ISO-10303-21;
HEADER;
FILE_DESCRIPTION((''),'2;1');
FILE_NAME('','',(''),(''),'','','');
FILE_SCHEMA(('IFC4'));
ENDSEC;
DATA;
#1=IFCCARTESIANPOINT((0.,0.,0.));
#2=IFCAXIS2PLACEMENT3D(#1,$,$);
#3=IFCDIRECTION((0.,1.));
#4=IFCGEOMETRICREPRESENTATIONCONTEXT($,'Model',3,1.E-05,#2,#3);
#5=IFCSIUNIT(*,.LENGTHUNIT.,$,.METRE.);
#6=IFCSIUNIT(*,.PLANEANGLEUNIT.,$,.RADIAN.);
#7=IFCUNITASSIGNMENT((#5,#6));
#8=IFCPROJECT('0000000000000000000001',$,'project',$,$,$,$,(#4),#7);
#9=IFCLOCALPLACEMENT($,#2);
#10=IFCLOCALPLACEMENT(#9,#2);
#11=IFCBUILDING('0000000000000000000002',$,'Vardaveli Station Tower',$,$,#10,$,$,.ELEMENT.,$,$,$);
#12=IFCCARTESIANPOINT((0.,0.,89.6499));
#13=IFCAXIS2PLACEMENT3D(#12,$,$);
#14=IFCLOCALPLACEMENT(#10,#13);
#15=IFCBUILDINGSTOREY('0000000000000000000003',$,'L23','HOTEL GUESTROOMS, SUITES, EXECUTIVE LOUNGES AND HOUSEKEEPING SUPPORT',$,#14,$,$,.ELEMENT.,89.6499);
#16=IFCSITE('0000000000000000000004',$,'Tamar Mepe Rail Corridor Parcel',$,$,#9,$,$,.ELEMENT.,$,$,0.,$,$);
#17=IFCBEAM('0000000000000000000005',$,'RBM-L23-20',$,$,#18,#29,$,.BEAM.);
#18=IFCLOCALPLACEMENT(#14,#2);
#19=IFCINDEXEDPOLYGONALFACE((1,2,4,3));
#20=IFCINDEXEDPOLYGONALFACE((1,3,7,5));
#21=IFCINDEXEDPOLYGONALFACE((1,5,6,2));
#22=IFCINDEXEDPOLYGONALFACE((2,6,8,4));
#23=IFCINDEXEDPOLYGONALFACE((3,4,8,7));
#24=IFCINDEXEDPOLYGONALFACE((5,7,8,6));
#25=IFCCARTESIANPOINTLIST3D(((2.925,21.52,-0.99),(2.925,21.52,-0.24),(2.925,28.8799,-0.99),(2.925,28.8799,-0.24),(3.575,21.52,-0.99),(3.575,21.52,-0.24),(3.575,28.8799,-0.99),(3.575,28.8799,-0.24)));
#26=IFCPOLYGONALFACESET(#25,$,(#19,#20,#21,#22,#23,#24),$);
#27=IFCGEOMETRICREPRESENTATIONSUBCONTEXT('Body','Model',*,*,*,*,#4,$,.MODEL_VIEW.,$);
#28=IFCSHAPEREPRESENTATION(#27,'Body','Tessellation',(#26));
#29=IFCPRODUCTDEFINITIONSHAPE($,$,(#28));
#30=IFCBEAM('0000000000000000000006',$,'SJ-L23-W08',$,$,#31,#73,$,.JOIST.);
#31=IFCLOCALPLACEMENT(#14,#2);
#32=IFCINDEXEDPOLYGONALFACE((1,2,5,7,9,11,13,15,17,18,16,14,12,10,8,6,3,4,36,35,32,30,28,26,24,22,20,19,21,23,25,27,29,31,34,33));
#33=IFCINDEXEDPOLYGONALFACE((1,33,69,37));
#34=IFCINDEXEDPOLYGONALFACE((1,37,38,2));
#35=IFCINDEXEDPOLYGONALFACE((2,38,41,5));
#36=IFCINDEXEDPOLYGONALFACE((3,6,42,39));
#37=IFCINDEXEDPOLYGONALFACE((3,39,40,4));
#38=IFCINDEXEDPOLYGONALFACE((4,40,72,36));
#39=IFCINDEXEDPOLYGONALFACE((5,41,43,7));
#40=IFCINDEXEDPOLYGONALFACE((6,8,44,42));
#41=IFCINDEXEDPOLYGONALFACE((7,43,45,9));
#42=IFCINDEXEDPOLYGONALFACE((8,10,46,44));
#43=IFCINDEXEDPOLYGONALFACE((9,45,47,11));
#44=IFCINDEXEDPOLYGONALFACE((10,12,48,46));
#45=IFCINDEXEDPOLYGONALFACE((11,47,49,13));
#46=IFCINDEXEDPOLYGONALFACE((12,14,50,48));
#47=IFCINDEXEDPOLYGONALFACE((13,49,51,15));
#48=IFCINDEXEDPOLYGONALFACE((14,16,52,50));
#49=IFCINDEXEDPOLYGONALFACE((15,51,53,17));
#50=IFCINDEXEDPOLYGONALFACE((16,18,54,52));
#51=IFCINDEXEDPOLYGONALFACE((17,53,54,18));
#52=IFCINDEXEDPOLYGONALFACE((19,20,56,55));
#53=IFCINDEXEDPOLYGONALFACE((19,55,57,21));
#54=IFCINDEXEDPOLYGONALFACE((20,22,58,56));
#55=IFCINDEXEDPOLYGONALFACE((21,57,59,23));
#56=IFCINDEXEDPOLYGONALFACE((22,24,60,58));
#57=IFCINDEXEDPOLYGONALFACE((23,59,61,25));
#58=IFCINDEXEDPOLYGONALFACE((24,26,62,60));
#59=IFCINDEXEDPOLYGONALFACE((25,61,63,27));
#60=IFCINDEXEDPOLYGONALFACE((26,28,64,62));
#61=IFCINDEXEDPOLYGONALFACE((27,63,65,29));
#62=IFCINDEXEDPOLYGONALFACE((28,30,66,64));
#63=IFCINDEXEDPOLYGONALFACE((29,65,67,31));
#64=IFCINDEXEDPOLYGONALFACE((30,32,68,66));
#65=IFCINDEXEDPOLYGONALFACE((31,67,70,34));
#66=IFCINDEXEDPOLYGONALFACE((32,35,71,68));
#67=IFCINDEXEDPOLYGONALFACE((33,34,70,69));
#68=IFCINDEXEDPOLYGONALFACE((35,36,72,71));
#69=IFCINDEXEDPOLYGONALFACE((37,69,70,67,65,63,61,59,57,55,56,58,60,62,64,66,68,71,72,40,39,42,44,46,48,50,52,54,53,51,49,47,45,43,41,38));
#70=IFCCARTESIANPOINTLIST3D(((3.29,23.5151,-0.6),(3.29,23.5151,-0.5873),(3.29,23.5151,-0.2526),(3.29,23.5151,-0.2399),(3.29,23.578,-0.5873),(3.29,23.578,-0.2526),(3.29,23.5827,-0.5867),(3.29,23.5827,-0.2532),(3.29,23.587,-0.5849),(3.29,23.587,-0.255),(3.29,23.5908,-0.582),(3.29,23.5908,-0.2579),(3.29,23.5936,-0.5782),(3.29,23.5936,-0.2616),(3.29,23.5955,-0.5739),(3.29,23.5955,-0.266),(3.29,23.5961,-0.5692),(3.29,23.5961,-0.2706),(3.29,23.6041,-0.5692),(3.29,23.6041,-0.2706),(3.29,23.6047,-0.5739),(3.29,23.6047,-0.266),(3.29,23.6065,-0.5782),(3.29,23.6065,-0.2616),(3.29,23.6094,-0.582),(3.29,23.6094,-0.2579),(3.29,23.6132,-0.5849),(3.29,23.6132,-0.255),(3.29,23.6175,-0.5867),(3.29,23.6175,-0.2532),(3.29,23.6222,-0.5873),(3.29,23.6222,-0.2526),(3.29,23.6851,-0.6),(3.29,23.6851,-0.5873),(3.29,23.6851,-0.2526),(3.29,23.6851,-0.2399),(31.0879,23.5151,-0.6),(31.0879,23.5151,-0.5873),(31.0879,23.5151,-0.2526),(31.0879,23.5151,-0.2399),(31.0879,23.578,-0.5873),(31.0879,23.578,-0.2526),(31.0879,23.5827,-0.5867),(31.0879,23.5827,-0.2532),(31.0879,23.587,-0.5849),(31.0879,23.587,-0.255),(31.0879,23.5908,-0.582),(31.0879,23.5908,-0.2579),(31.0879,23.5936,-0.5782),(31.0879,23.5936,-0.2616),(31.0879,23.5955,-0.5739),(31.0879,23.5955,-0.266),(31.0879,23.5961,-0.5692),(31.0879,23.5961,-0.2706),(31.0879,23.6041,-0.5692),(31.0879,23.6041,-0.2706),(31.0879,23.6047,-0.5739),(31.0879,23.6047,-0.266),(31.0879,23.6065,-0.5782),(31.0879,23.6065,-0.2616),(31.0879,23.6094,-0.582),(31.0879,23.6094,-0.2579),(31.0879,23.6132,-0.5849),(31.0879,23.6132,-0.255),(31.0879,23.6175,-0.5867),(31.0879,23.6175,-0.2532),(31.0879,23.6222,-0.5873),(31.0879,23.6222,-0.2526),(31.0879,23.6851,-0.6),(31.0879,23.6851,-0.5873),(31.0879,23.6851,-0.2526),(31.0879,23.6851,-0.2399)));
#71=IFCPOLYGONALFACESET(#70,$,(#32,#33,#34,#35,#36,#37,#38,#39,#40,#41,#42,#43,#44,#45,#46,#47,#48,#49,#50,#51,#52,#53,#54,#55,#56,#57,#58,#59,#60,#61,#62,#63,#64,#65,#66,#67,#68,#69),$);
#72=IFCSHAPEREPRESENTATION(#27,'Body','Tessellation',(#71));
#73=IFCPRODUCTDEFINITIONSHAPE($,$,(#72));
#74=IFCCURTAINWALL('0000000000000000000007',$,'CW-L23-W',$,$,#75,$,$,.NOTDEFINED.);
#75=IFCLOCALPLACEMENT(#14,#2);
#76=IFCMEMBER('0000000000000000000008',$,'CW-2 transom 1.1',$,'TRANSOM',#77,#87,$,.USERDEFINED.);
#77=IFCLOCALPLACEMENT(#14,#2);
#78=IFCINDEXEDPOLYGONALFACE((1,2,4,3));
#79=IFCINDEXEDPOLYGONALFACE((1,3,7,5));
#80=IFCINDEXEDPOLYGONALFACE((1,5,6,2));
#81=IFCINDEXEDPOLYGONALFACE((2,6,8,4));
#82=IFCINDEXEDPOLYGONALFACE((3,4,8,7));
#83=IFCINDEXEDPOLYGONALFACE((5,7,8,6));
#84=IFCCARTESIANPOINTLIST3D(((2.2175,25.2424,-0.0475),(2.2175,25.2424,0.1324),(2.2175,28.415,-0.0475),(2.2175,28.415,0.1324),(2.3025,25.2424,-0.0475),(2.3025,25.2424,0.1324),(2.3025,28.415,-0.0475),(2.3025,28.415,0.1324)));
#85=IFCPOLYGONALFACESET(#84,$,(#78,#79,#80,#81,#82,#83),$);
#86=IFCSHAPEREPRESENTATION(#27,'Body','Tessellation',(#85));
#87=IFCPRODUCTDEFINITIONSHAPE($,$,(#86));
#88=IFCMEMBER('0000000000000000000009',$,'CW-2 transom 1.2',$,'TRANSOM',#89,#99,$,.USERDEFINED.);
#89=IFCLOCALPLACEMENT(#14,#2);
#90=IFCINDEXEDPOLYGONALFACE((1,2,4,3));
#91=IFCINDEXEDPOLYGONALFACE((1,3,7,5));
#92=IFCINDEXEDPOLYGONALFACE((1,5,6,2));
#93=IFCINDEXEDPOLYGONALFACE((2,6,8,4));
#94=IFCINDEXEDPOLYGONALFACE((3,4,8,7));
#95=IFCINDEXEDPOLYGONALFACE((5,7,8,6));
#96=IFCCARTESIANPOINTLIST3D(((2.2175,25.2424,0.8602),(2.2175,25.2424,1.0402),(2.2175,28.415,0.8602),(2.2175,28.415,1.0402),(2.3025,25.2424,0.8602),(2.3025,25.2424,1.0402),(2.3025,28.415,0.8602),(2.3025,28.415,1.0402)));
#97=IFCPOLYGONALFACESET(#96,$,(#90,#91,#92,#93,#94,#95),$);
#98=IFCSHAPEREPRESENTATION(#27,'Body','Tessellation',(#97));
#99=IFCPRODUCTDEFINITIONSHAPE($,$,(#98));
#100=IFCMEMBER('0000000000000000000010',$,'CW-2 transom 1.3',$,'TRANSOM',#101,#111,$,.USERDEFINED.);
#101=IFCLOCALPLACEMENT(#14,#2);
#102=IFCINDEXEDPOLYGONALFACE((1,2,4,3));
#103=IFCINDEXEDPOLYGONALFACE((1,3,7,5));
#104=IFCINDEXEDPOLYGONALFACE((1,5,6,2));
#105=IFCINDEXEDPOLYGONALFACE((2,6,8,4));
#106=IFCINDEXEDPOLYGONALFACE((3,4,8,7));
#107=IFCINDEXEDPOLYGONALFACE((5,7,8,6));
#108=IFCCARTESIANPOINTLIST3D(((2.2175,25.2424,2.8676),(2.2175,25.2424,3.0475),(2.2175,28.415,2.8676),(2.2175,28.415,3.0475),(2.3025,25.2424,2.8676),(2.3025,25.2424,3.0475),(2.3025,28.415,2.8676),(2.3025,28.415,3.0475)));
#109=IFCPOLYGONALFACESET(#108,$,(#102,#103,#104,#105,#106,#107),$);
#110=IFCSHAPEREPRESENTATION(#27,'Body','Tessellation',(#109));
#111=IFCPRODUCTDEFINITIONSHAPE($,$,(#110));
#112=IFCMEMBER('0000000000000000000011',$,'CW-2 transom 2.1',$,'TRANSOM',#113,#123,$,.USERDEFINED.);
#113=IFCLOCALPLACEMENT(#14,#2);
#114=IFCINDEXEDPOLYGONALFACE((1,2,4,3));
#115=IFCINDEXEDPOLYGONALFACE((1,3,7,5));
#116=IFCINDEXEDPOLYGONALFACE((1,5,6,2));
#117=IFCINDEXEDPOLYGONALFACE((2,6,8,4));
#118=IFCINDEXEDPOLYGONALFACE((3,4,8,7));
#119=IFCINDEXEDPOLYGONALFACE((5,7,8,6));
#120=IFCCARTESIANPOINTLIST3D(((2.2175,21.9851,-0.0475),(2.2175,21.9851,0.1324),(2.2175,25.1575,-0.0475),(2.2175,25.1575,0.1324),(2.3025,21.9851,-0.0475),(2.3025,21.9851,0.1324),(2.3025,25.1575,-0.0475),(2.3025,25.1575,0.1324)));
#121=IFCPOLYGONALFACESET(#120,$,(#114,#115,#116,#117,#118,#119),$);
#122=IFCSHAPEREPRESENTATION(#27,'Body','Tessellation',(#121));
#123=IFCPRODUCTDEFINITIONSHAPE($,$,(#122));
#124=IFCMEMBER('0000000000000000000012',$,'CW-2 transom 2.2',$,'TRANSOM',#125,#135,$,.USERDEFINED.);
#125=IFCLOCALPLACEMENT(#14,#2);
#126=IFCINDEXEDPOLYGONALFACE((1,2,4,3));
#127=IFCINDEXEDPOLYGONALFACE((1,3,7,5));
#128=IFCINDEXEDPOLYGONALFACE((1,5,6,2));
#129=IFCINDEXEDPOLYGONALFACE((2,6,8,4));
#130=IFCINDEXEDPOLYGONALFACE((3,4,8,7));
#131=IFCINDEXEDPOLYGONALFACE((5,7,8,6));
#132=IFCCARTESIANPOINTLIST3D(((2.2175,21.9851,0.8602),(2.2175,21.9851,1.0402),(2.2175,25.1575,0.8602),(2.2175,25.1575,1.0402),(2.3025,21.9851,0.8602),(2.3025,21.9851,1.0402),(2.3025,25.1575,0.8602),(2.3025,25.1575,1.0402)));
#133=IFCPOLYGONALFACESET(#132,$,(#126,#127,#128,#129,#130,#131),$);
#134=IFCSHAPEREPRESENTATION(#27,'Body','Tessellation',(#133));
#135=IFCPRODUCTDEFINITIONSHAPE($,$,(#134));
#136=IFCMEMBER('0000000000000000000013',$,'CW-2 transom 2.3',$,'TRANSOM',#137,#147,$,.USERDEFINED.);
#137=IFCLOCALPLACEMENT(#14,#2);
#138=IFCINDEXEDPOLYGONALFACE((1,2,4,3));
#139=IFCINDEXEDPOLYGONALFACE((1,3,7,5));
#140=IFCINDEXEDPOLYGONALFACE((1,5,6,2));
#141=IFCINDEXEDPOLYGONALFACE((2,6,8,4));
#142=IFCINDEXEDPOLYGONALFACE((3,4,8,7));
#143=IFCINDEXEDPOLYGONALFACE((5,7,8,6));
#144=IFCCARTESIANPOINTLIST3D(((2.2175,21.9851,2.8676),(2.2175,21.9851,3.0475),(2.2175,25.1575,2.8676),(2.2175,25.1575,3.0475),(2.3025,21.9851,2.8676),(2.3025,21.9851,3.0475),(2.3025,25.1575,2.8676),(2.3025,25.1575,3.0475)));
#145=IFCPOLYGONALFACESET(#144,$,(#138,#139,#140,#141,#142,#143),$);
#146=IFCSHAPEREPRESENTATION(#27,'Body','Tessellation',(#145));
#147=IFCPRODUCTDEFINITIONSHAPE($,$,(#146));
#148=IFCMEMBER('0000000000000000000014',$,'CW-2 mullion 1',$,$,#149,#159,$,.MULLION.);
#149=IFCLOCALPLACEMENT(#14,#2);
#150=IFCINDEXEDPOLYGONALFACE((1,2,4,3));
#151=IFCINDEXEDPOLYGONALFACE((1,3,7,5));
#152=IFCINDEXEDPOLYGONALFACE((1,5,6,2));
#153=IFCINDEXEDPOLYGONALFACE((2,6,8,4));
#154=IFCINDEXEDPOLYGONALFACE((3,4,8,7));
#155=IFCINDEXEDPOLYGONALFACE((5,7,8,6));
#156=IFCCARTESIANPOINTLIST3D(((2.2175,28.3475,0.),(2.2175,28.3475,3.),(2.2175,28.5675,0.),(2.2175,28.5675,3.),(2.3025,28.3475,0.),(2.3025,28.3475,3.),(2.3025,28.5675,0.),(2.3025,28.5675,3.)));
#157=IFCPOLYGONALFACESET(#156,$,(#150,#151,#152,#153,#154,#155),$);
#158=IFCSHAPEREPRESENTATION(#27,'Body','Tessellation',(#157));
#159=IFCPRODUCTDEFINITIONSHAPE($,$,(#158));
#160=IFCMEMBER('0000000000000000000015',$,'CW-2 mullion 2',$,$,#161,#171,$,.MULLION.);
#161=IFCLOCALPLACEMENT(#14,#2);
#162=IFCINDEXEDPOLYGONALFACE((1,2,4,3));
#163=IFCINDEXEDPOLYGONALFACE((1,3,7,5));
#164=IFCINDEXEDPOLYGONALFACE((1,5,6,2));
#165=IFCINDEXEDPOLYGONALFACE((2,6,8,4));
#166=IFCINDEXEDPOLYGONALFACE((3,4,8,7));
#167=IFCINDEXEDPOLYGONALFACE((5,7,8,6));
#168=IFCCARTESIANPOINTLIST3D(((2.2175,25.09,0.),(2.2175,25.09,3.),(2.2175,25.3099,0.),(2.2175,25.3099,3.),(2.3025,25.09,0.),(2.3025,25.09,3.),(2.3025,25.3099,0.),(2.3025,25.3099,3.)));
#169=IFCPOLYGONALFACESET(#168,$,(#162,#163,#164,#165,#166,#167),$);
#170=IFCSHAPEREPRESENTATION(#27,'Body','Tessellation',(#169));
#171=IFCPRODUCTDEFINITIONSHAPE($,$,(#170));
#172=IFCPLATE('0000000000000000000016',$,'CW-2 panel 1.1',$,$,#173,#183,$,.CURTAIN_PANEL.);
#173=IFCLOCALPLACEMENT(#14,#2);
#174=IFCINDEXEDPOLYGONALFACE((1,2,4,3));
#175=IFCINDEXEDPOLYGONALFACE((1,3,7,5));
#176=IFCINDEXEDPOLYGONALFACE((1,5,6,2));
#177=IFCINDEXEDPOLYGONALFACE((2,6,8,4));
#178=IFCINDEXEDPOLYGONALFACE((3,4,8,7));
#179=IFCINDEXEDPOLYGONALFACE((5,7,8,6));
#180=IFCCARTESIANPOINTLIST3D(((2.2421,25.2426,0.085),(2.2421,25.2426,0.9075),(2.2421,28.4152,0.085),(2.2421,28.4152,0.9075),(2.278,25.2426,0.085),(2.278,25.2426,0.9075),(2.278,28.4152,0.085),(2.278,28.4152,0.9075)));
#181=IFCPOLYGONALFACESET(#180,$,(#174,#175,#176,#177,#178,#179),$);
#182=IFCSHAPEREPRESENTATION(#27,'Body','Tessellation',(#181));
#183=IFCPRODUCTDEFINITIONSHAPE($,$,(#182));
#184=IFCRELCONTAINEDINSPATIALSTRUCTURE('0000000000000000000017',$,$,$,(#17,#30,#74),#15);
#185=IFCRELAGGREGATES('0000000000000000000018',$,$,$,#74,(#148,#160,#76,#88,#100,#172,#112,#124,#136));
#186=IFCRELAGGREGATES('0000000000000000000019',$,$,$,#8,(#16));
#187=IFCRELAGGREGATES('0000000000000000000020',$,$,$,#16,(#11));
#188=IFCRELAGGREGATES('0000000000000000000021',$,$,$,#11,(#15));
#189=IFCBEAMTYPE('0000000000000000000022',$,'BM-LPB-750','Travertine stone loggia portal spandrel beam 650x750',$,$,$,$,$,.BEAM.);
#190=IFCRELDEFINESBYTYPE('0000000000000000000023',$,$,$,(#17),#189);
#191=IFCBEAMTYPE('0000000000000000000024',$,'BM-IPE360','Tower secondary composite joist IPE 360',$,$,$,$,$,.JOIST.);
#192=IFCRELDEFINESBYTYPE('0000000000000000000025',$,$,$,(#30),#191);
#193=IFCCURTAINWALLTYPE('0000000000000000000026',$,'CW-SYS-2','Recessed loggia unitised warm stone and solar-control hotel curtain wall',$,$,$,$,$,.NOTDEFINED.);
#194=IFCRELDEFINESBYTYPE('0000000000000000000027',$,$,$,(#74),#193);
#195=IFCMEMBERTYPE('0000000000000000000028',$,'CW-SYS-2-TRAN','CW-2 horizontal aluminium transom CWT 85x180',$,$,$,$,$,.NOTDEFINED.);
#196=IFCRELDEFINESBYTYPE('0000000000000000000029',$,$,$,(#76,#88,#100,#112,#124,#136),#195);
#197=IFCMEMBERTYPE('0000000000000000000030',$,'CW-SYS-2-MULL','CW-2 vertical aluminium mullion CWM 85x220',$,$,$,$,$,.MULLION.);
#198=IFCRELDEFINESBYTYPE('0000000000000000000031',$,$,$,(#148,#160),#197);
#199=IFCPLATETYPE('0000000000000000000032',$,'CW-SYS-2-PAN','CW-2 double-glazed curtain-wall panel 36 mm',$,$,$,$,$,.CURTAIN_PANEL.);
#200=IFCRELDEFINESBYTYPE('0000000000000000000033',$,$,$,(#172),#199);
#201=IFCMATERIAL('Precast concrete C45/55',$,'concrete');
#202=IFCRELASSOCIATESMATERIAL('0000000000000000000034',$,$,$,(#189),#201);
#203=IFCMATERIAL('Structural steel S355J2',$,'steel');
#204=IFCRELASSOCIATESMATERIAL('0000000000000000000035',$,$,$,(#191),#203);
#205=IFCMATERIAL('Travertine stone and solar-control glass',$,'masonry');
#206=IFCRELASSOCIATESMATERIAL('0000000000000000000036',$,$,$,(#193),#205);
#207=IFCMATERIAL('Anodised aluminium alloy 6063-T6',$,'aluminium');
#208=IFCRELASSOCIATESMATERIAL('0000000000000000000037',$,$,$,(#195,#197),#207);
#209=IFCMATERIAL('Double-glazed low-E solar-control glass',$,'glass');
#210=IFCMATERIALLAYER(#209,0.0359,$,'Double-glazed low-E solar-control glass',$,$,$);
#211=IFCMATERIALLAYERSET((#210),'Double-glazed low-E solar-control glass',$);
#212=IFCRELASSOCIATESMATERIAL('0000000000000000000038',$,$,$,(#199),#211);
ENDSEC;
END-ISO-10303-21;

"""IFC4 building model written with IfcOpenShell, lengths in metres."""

from ifc_helpers import new_model, si_unit, direction, frame, origin, origin_2d, place, context, subcontext, project, spatial, rectangle, i_section, extrude, source, transform, mapped, material, layer, layer_set, material_profile, profile_set, type_object, element, aggregate, save


model = new_model("IFC4")

# Units and contexts
model_context = context("Model", 3, precision=1e-05, world=origin(), true_north=direction((0.0, 1.0)))
body_context = subcontext(model_context, "Body", "Model", "MODEL_VIEW")
ifc_project = project(units=[si_unit("LENGTHUNIT", "METRE"), si_unit("PLANEANGLEUNIT", "RADIAN")], contexts=[model_context])

# Site, building, storey
site_placement = place(None, origin())
site = spatial("IfcSite", under=ifc_project, at=site_placement, Name="Tamar Mepe Rail Corridor Parcel", CompositionType="ELEMENT", RefElevation=0.0)
building_placement = place(site_placement, origin())
building = spatial("IfcBuilding", under=site, at=building_placement, Name="Vardaveli Station Tower", CompositionType="ELEMENT")
storey_placement = place(building_placement, frame((0.0, 0.0, 89.6499)))
storey = spatial("IfcBuildingStorey", under=building, at=storey_placement, Name="L23", Description="HOTEL GUESTROOMS, SUITES, EXECUTIVE LOUNGES AND HOUSEKEEPING SUPPORT", CompositionType="ELEMENT", Elevation=89.6499)

# Beams
ifc_material_1 = material(Name="Precast concrete C45/55", Category="concrete")
ifc_material_profile_1 = material_profile(ifc_material_1, rectangle(XDim=0.6499, YDim=0.75, at=origin_2d()), Name="LPB 650x750")
ifc_profile_set_1 = profile_set([ifc_material_profile_1], Name="Precast concrete C45/55")
beam_type_1 = type_object("IfcBeamType", Name="BM-LPB-750", Description="Travertine stone loggia portal spandrel beam 650x750", PredefinedType="BEAM", material=ifc_profile_set_1)
shared_shape_1 = source(origin(), body_context, "Body", "SweptSolid", [
    extrude(rectangle(XDim=0.6499, YDim=0.75, at=origin_2d()), origin(), (0.0, 0.0, 1.0), 7.3599),
])
beam_1_placement = place(storey_placement, frame((3.25, 28.8799, -0.615), z_axis=(0.0, -1.0, 0.0), x_axis=(1.0, 0.0, 0.0)))
element("IfcBeam", 1, at=beam_1_placement, inside=storey, type_object=beam_type_1, Name="RBM-L23-20", PredefinedType="BEAM", context=body_context, shape_type="MappedRepresentation", body=[
    mapped(shared_shape_1, transform((0.0, 0.0, 0.0), scale=1.0)),
])
ifc_material_2 = material(Name="Structural steel S355J2", Category="steel")
ifc_material_profile_2 = material_profile(ifc_material_2, i_section(OverallWidth=0.1699, OverallDepth=0.3601, WebThickness=0.0081, FlangeThickness=0.0127, FilletRadius=0.0181, at=origin_2d()), Name="IPE 360")
ifc_profile_set_2 = profile_set([ifc_material_profile_2], Name="Structural steel S355J2")
beam_type_2 = type_object("IfcBeamType", Name="BM-IPE360", Description="Tower secondary composite joist IPE 360", PredefinedType="JOIST", material=ifc_profile_set_2)
shared_shape_2 = source(origin(), body_context, "Body", "SweptSolid", [
    extrude(i_section(OverallWidth=0.1699, OverallDepth=0.3601, WebThickness=0.0081, FlangeThickness=0.0127, FilletRadius=0.0181, at=origin_2d()), origin(), (0.0, 0.0, 1.0), 27.7979),
])
beam_2_placement = place(storey_placement, frame((3.29, 23.6001, -0.4199), z_axis=(1.0, 0.0, 0.0), x_axis=(0.0, 1.0, 0.0)))
element("IfcBeam", 2, at=beam_2_placement, inside=storey, type_object=beam_type_2, Name="SJ-L23-W08", PredefinedType="JOIST", context=body_context, shape_type="MappedRepresentation", body=[
    mapped(shared_shape_2, transform((0.0, 0.0, 0.0), scale=1.0)),
])

# Curtain wall, members, plate
ifc_material_3 = material(Name="Travertine stone and solar-control glass", Category="masonry")
curtain_wall_type = type_object("IfcCurtainWallType", Name="CW-SYS-2", Description="Recessed loggia unitised warm stone and solar-control hotel curtain wall", PredefinedType="NOTDEFINED", material=ifc_material_3)
curtain_wall_placement = place(storey_placement, origin())
curtain_wall = element("IfcCurtainWall", 3, at=curtain_wall_placement, inside=storey, type_object=curtain_wall_type, Name="CW-L23-W", PredefinedType="NOTDEFINED")
ifc_material_4 = material(Name="Anodised aluminium alloy 6063-T6", Category="aluminium")
ifc_material_profile_3 = material_profile(ifc_material_4, rectangle(XDim=0.085, YDim=0.1799, at=origin_2d()), Name="CWT 85x180")
ifc_profile_set_3 = profile_set([ifc_material_profile_3], Name="Anodised aluminium alloy 6063-T6")
member_type_1 = type_object("IfcMemberType", Name="CW-SYS-2-TRAN", Description="CW-2 horizontal aluminium transom CWT 85x180", PredefinedType="NOTDEFINED", material=ifc_profile_set_3)
shared_shape_3 = source(origin(), body_context, "Body", "SweptSolid", [
    extrude(rectangle(XDim=0.085, YDim=0.1799, at=origin_2d()), origin(), (0.0, 0.0, 1.0), 3.1726),
])
member_1_placement = place(storey_placement, frame((2.26, 28.415, 0.0425), z_axis=(0.0, -1.0, 0.0), x_axis=(1.0, 0.0, 0.0)))
member_1 = element("IfcMember", 4, at=member_1_placement, type_object=member_type_1, Name="CW-2 transom 1.1", ObjectType="TRANSOM", PredefinedType="USERDEFINED", context=body_context, shape_type="MappedRepresentation", body=[
    mapped(shared_shape_3, transform((0.0, 0.0, 0.0), scale=1.0)),
])
member_2_placement = place(storey_placement, frame((2.26, 28.415, 0.9502), z_axis=(0.0, -1.0, 0.0), x_axis=(1.0, 0.0, 0.0)))
member_2 = element("IfcMember", 5, at=member_2_placement, type_object=member_type_1, Name="CW-2 transom 1.2", ObjectType="TRANSOM", PredefinedType="USERDEFINED", context=body_context, shape_type="MappedRepresentation", body=[
    mapped(shared_shape_3, transform((0.0, 0.0, 0.0), scale=1.0)),
])
member_3_placement = place(storey_placement, frame((2.26, 28.415, 2.9575), z_axis=(0.0, -1.0, 0.0), x_axis=(1.0, 0.0, 0.0)))
member_3 = element("IfcMember", 6, at=member_3_placement, type_object=member_type_1, Name="CW-2 transom 1.3", ObjectType="TRANSOM", PredefinedType="USERDEFINED", context=body_context, shape_type="MappedRepresentation", body=[
    mapped(shared_shape_3, transform((0.0, 0.0, 0.0), scale=1.0)),
])
shared_shape_4 = source(origin(), body_context, "Body", "SweptSolid", [
    extrude(rectangle(XDim=0.085, YDim=0.1799, at=origin_2d()), origin(), (0.0, 0.0, 1.0), 3.1724),
])
member_4_placement = place(storey_placement, frame((2.26, 25.1575, 0.0425), z_axis=(0.0, -1.0, 0.0), x_axis=(1.0, 0.0, 0.0)))
member_4 = element("IfcMember", 7, at=member_4_placement, type_object=member_type_1, Name="CW-2 transom 2.1", ObjectType="TRANSOM", PredefinedType="USERDEFINED", context=body_context, shape_type="MappedRepresentation", body=[
    mapped(shared_shape_4, transform((0.0, 0.0, 0.0), scale=1.0)),
])
member_5_placement = place(storey_placement, frame((2.26, 25.1575, 0.9502), z_axis=(0.0, -1.0, 0.0), x_axis=(1.0, 0.0, 0.0)))
member_5 = element("IfcMember", 8, at=member_5_placement, type_object=member_type_1, Name="CW-2 transom 2.2", ObjectType="TRANSOM", PredefinedType="USERDEFINED", context=body_context, shape_type="MappedRepresentation", body=[
    mapped(shared_shape_4, transform((0.0, 0.0, 0.0), scale=1.0)),
])
member_6_placement = place(storey_placement, frame((2.26, 25.1575, 2.9575), z_axis=(0.0, -1.0, 0.0), x_axis=(1.0, 0.0, 0.0)))
member_6 = element("IfcMember", 9, at=member_6_placement, type_object=member_type_1, Name="CW-2 transom 2.3", ObjectType="TRANSOM", PredefinedType="USERDEFINED", context=body_context, shape_type="MappedRepresentation", body=[
    mapped(shared_shape_4, transform((0.0, 0.0, 0.0), scale=1.0)),
])
ifc_material_profile_4 = material_profile(ifc_material_4, rectangle(XDim=0.085, YDim=0.22, at=origin_2d()), Name="CWM 85x220")
ifc_profile_set_4 = profile_set([ifc_material_profile_4], Name="Anodised aluminium alloy 6063-T6")
member_type_2 = type_object("IfcMemberType", Name="CW-SYS-2-MULL", Description="CW-2 vertical aluminium mullion CWM 85x220", PredefinedType="MULLION", material=ifc_profile_set_4)
shared_shape_5 = source(origin(), body_context, "Body", "SweptSolid", [
    extrude(rectangle(XDim=0.085, YDim=0.22, at=origin_2d()), origin(), (0.0, 0.0, 1.0), 3.0),
])
member_7_placement = place(storey_placement, frame((2.26, 28.4575, 0.0), z_axis=(0.0, 0.0, 1.0), x_axis=(1.0, 0.0, 0.0)))
member_7 = element("IfcMember", 10, at=member_7_placement, type_object=member_type_2, Name="CW-2 mullion 1", PredefinedType="MULLION", context=body_context, shape_type="MappedRepresentation", body=[
    mapped(shared_shape_5, transform((0.0, 0.0, 0.0), scale=1.0)),
])
member_8_placement = place(storey_placement, frame((2.26, 25.2, 0.0), z_axis=(0.0, 0.0, 1.0), x_axis=(1.0, 0.0, 0.0)))
member_8 = element("IfcMember", 11, at=member_8_placement, type_object=member_type_2, Name="CW-2 mullion 2", PredefinedType="MULLION", context=body_context, shape_type="MappedRepresentation", body=[
    mapped(shared_shape_5, transform((0.0, 0.0, 0.0), scale=1.0)),
])
ifc_material_5 = material(Name="Double-glazed low-E solar-control glass", Category="glass")
ifc_layer_1 = layer(ifc_material_5, 0.0359, Name="Double-glazed low-E solar-control glass")
ifc_layer_set_1 = layer_set([ifc_layer_1], Name="Double-glazed low-E solar-control glass")
plate_type = type_object("IfcPlateType", Name="CW-SYS-2-PAN", Description="CW-2 double-glazed curtain-wall panel 36 mm", PredefinedType="CURTAIN_PANEL", material=ifc_layer_set_1)
shared_shape_6 = source(origin(), body_context, "Body", "SweptSolid", [
    extrude(rectangle(XDim=3.1726, YDim=0.0359, at=origin_2d()), origin(), (0.0, 0.0, 1.0), 0.8225),
])
plate_1_placement = place(storey_placement, frame((2.26, 26.8289, 0.085), z_axis=(0.0, 0.0, 1.0), x_axis=(0.0, -1.0, 0.0)))
plate_1 = element("IfcPlate", 12, at=plate_1_placement, type_object=plate_type, Name="CW-2 panel 1.1", PredefinedType="CURTAIN_PANEL", context=body_context, shape_type="MappedRepresentation", body=[
    mapped(shared_shape_6, transform((0.0, 0.0, 0.0), scale=1.0)),
])
aggregate(curtain_wall, [member_7, member_8, member_1, member_2, member_3, plate_1, member_4, member_5, member_6])

save(model, "model.ifc")
